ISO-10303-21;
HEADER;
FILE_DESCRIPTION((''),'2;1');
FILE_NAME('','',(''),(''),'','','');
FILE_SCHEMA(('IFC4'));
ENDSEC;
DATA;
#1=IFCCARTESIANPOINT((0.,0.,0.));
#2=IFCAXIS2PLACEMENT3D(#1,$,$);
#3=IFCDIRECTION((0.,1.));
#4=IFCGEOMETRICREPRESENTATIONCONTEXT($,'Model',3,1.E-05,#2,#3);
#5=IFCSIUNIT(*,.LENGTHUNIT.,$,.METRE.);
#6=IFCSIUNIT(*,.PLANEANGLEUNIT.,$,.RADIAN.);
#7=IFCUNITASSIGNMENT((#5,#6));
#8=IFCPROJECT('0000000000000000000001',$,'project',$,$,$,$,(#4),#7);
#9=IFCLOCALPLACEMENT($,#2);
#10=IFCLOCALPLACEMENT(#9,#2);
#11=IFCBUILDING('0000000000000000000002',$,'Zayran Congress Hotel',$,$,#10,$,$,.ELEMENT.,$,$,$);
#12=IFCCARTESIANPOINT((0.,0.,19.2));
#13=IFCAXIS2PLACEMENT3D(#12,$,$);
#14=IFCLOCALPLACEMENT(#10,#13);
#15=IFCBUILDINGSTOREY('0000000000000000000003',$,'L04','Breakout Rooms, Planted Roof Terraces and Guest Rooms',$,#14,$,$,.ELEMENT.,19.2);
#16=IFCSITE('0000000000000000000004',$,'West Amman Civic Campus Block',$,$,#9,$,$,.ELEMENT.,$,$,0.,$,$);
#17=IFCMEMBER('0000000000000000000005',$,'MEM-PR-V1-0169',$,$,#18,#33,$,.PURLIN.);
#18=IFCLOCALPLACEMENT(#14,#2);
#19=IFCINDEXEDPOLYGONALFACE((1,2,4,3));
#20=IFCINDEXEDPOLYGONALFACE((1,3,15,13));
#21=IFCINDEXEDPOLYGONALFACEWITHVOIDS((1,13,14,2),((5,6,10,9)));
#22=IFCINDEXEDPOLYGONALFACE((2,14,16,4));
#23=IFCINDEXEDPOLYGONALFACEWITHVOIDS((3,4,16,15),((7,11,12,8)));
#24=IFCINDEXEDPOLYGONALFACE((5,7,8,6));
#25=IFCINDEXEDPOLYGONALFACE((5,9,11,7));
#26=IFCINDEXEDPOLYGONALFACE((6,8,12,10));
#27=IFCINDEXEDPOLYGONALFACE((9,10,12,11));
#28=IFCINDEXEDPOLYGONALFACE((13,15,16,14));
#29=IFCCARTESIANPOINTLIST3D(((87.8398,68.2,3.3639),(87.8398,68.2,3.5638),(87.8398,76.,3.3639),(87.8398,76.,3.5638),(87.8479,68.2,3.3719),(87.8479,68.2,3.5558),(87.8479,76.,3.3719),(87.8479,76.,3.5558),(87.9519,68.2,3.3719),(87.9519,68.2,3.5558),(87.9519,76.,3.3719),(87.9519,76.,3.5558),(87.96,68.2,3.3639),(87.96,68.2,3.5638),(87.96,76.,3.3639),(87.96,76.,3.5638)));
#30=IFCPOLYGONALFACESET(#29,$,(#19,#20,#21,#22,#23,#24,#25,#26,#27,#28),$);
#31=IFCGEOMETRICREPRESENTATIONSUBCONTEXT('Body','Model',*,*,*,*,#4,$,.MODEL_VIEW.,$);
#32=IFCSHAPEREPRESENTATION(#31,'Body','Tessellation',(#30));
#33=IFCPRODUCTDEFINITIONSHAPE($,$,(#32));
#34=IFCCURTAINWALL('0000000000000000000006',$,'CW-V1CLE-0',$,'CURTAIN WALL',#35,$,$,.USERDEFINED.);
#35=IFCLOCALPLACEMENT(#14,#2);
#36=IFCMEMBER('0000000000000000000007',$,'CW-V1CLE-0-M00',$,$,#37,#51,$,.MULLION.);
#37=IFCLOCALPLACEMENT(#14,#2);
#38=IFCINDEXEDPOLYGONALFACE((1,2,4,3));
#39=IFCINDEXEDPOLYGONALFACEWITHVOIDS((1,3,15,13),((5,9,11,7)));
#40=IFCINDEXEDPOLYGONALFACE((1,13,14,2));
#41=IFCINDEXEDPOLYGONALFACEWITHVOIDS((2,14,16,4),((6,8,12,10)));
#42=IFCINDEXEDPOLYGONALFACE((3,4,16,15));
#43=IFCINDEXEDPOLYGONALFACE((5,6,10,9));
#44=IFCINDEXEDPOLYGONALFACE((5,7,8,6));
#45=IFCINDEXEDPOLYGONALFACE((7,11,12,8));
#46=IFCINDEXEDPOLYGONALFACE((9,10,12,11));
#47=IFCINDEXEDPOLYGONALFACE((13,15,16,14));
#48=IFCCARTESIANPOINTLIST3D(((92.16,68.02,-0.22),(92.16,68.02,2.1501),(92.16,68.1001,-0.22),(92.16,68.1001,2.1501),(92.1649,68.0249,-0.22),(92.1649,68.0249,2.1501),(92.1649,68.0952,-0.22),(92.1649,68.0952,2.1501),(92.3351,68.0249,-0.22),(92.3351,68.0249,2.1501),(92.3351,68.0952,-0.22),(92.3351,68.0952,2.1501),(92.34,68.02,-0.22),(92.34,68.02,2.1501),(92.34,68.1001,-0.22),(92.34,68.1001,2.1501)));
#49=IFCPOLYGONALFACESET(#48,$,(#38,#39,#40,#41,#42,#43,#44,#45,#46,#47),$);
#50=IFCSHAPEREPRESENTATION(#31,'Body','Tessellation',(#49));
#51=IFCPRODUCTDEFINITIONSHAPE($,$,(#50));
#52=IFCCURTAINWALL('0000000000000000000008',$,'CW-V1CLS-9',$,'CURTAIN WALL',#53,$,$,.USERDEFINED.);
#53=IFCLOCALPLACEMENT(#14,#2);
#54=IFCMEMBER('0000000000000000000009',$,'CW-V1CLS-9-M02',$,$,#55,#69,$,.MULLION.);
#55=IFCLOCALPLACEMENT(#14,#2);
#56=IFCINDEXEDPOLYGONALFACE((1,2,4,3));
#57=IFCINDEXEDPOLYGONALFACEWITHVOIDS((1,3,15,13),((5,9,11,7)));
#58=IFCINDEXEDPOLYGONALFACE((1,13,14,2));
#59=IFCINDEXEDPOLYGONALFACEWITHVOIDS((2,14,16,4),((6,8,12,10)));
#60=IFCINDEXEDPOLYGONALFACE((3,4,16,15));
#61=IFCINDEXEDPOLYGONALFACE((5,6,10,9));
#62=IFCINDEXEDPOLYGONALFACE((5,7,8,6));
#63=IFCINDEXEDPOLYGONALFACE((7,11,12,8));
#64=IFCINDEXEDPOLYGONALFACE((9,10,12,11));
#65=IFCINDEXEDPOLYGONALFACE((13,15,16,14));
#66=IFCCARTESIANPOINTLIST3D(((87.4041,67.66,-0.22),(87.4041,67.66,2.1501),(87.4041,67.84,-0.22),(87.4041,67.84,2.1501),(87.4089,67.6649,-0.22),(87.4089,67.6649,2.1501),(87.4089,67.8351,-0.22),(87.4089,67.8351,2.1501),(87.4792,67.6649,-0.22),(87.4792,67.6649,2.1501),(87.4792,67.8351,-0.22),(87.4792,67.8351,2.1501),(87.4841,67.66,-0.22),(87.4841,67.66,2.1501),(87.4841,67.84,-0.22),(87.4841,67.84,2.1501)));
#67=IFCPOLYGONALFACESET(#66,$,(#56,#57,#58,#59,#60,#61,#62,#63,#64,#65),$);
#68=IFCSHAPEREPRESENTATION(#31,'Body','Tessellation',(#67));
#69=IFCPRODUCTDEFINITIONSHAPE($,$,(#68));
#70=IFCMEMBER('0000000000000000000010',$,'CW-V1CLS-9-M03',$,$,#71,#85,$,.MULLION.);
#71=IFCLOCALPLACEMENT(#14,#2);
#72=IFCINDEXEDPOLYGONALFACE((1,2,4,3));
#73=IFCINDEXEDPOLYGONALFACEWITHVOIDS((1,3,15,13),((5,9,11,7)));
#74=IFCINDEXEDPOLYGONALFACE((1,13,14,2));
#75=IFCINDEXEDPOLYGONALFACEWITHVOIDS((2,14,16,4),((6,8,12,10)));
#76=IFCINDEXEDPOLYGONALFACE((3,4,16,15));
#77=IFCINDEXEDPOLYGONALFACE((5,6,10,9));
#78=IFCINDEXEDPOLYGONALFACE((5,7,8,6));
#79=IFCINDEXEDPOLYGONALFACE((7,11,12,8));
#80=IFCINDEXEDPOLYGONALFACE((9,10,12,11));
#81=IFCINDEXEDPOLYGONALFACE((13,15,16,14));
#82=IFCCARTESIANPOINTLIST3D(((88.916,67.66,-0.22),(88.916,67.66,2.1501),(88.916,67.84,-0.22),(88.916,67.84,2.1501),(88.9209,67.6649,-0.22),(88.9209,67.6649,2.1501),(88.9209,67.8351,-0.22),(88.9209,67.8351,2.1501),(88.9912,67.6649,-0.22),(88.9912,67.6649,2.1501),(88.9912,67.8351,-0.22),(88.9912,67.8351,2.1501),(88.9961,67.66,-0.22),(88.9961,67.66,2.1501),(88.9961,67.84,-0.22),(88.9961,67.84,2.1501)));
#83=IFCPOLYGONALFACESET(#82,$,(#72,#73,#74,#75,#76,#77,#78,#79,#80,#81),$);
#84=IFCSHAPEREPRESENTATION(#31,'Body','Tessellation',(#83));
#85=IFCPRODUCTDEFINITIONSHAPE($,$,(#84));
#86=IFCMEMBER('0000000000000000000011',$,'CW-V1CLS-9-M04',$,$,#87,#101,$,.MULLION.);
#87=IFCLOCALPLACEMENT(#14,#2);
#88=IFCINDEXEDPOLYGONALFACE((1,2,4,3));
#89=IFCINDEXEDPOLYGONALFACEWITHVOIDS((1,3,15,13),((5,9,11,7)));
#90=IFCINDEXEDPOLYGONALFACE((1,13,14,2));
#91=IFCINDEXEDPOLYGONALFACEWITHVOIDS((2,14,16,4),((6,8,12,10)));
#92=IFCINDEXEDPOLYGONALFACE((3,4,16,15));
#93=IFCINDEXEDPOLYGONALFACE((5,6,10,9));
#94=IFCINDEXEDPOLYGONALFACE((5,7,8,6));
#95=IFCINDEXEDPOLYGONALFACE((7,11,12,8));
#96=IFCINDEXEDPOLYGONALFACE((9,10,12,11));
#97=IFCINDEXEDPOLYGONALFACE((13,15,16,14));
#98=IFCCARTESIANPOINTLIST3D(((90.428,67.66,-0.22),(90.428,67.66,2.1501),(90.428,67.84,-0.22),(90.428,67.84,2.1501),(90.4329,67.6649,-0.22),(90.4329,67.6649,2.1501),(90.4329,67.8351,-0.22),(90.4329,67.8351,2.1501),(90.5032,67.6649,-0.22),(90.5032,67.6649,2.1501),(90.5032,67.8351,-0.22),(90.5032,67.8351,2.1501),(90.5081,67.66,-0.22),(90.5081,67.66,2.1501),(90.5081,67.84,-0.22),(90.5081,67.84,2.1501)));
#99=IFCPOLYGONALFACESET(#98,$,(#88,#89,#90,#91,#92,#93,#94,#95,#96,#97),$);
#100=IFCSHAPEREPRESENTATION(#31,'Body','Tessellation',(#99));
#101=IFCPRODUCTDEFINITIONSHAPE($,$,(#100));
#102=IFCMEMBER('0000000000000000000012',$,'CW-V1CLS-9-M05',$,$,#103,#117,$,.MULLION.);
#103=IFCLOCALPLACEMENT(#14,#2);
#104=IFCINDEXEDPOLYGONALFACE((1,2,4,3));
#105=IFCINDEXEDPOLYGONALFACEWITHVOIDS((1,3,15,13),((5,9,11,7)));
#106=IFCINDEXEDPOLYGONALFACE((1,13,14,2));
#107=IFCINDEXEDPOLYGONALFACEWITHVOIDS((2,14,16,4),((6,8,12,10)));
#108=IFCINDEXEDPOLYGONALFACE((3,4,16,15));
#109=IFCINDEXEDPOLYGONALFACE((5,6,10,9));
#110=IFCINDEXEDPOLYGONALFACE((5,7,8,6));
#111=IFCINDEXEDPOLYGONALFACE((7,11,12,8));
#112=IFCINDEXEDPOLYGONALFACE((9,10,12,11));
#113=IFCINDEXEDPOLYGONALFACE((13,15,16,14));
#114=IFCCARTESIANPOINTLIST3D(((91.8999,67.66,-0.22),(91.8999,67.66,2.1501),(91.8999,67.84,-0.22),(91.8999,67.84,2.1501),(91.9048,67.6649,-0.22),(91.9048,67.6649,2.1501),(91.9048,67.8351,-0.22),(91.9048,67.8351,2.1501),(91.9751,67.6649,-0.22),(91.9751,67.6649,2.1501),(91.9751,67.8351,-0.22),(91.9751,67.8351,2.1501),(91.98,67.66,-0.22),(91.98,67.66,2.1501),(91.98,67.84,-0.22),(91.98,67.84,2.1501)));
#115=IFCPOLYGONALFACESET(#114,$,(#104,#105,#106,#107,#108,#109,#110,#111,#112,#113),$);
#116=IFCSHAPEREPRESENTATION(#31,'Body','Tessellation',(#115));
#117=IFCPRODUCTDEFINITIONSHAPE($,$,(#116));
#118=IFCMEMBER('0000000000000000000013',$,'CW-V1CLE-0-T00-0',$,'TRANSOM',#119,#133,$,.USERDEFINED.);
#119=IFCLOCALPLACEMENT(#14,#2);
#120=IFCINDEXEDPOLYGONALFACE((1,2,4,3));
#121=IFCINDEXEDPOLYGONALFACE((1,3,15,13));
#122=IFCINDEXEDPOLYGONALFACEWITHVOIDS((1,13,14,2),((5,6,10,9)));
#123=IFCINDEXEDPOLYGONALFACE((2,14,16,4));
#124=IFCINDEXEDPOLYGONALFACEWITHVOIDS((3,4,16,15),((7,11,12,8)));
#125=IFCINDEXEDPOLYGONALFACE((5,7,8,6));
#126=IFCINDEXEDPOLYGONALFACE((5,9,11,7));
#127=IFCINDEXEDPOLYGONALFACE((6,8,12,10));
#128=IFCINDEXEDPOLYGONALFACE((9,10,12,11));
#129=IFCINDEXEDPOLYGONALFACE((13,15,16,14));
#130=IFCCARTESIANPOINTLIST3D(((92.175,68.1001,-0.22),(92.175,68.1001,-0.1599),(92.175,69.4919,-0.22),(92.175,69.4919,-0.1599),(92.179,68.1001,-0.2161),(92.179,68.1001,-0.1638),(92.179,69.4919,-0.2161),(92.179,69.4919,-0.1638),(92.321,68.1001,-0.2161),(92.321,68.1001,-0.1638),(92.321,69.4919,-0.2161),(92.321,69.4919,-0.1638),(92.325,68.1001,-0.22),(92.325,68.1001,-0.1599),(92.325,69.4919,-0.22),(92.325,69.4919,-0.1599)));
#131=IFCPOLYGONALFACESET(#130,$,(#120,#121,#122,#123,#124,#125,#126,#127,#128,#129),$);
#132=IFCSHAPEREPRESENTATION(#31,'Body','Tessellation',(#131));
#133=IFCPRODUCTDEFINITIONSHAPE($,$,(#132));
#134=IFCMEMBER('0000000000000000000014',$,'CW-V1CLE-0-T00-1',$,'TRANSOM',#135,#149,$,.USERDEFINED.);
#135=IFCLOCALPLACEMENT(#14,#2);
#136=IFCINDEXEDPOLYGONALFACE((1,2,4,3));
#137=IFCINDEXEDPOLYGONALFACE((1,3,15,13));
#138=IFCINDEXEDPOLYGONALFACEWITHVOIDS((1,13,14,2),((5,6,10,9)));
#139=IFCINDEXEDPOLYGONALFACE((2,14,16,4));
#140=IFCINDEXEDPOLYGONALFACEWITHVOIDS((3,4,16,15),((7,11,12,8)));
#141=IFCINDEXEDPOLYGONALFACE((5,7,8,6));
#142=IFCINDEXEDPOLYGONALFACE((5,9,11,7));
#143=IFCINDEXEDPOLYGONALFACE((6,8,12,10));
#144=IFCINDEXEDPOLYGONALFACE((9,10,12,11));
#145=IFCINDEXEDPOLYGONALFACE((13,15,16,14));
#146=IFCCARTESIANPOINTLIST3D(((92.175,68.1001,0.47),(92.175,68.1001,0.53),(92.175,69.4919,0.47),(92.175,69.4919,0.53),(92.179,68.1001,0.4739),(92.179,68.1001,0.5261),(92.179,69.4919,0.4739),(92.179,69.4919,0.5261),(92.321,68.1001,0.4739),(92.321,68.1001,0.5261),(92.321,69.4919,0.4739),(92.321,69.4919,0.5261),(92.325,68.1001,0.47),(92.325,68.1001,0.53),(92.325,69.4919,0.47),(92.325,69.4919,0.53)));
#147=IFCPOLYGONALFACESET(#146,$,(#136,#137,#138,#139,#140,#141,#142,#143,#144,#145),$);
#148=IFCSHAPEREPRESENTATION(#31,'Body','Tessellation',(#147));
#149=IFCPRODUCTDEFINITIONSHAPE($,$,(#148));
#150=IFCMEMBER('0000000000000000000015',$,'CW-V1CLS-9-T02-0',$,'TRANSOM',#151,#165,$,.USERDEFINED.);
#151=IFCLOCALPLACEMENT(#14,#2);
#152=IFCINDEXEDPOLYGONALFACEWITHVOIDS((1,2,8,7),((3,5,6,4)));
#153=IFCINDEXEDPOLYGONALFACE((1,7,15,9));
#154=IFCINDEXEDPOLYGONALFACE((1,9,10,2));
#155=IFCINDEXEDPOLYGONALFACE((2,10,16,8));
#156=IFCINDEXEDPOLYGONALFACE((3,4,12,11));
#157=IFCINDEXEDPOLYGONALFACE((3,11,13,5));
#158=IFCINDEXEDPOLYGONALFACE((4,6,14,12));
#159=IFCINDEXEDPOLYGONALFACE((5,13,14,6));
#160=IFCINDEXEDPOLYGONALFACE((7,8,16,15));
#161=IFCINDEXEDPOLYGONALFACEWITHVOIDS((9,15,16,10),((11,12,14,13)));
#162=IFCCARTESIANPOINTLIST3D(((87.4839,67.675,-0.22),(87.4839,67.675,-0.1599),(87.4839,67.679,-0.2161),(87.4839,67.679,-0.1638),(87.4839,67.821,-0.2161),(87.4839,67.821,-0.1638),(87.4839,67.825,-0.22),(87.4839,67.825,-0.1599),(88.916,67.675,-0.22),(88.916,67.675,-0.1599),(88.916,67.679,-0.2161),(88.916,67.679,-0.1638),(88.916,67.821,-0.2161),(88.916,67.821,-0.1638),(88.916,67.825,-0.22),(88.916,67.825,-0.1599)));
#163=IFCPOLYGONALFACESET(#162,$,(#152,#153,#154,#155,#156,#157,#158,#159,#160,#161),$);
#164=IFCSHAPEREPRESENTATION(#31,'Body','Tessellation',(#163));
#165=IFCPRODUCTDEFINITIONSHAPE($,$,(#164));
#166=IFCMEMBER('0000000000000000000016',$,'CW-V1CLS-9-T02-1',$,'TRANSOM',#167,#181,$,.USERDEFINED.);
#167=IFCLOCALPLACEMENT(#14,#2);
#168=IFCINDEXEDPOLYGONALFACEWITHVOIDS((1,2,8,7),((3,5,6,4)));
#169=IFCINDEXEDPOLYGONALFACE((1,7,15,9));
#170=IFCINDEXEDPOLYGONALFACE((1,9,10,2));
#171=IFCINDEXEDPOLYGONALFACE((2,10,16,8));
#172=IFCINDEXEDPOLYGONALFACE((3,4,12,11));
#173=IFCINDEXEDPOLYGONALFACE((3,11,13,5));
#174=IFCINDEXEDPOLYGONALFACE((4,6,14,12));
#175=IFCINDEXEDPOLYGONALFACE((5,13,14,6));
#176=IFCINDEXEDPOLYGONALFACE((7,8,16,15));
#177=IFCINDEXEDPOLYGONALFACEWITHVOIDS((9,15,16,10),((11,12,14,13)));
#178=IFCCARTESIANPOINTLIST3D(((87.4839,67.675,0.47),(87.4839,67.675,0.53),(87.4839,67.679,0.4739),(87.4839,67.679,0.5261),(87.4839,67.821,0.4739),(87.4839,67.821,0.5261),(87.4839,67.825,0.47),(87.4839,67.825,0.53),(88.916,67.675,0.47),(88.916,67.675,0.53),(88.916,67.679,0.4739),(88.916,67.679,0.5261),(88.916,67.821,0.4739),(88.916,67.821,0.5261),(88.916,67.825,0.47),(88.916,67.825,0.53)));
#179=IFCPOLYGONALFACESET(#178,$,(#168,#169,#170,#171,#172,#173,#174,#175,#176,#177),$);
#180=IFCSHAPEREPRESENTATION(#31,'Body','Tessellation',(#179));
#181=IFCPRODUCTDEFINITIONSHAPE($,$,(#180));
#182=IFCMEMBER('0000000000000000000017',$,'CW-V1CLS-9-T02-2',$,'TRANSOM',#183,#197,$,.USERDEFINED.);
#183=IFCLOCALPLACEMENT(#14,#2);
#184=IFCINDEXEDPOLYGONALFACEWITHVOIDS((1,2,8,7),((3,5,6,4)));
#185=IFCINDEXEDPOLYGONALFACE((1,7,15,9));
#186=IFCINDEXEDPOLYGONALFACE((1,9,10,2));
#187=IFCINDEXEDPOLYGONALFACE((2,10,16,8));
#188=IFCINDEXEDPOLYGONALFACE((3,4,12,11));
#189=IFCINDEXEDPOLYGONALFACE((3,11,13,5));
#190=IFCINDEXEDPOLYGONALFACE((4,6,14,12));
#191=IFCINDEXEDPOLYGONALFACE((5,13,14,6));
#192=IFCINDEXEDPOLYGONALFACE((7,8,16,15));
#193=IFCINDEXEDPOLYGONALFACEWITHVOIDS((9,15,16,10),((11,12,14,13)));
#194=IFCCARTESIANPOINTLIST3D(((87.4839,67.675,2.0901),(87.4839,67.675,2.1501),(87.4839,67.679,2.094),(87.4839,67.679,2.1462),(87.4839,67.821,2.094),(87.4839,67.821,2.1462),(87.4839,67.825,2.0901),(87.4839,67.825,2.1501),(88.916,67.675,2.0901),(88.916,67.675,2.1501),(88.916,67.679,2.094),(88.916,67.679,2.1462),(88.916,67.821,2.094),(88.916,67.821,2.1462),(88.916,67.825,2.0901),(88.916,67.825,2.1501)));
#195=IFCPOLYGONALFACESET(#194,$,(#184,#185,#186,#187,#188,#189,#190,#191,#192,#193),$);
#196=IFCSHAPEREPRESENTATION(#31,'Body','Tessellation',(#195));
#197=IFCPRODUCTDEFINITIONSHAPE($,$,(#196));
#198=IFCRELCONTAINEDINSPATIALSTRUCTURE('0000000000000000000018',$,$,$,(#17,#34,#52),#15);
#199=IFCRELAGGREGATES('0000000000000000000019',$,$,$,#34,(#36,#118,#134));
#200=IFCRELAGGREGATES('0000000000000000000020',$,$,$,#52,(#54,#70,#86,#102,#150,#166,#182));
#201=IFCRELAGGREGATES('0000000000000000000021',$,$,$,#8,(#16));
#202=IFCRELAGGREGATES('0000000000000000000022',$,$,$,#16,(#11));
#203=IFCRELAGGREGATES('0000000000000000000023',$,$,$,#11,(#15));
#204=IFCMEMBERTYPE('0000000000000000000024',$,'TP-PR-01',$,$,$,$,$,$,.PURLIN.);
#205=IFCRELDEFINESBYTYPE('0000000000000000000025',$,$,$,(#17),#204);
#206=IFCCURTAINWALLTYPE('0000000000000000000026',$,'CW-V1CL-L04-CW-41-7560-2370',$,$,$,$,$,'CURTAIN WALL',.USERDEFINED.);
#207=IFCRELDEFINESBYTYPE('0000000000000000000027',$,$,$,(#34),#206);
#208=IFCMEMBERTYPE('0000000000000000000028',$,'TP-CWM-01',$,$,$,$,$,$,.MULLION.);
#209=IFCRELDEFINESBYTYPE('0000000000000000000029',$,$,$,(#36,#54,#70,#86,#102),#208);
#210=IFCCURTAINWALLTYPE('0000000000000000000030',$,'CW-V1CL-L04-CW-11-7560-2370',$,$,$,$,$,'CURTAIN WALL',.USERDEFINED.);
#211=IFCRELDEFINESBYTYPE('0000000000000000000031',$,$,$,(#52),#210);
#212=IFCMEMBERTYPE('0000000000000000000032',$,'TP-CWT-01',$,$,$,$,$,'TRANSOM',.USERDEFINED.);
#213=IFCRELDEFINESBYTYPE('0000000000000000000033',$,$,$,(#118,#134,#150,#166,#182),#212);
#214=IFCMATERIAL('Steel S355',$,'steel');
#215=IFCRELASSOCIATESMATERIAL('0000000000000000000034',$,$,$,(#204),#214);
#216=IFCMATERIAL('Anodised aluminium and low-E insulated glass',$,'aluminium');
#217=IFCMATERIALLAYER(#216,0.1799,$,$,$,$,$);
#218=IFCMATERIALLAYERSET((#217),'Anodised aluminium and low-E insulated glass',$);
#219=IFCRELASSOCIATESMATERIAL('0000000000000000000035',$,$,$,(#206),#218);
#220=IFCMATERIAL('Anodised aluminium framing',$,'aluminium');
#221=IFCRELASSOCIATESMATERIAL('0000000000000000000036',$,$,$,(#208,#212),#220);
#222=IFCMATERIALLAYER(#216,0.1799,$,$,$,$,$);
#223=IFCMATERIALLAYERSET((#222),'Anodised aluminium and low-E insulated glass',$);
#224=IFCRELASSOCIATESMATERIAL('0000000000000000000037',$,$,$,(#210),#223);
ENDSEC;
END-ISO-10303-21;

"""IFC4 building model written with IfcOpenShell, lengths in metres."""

from ifc_helpers import new_model, si_unit, direction, frame, origin, origin_2d, place, context, subcontext, project, spatial, hollow_rectangle, extrude, material, layer, layer_set, material_profile, profile_set, type_object, element, aggregate, save


model = new_model("IFC4")

# Units and contexts
model_context = context("Model", 3, precision=1e-05, world=origin(), true_north=direction((0.0, 1.0)))
body_context = subcontext(model_context, "Body", "Model", "MODEL_VIEW")
ifc_project = project(units=[si_unit("LENGTHUNIT", "METRE"), si_unit("PLANEANGLEUNIT", "RADIAN")], contexts=[model_context])

# Site, building, storey
site_placement = place(None, origin())
site = spatial("IfcSite", under=ifc_project, at=site_placement, Name="West Amman Civic Campus Block", CompositionType="ELEMENT", RefElevation=0.0)
building_placement = place(site_placement, origin())
building = spatial("IfcBuilding", under=site, at=building_placement, Name="Zayran Congress Hotel", CompositionType="ELEMENT")
storey_placement = place(building_placement, frame((0.0, 0.0, 19.2)))
storey = spatial("IfcBuildingStorey", under=building, at=storey_placement, Name="L04", Description="Breakout Rooms, Planted Roof Terraces and Guest Rooms", CompositionType="ELEMENT", Elevation=19.2)

# Member
ifc_material_1 = material(Name="Steel S355", Category="steel")
ifc_material_profile_1 = material_profile(ifc_material_1, hollow_rectangle(XDim=0.1201, YDim=0.2, WallThickness=0.0081, at=origin_2d()), Name="RHS 200x120x8")
ifc_profile_set_1 = profile_set([ifc_material_profile_1], Name="Steel S355")
member_type_1 = type_object("IfcMemberType", Name="TP-PR-01", PredefinedType="PURLIN", material=ifc_profile_set_1)
member_1_placement = place(storey_placement, frame((87.8999, 68.2, 3.4639), z_axis=(0.0, 1.0, 0.0), x_axis=(-1.0, 0.0, 0.0)))
element("IfcMember", 1, at=member_1_placement, inside=storey, type_object=member_type_1, Name="MEM-PR-V1-0169", PredefinedType="PURLIN", context=body_context, shape_type="SweptSolid", body=[
    extrude(hollow_rectangle(XDim=0.1201, YDim=0.2, WallThickness=0.0081, at=origin_2d()), origin(), (0.0, 0.0, 1.0), 7.8),
])

# Curtain wall, member
ifc_material_2 = material(Name="Anodised aluminium and low-E insulated glass", Category="aluminium")
ifc_layer_1 = layer(ifc_material_2, 0.1799)
ifc_layer_set_1 = layer_set([ifc_layer_1], Name="Anodised aluminium and low-E insulated glass")
curtain_wall_type_1 = type_object("IfcCurtainWallType", Name="CW-V1CL-L04-CW-41-7560-2370", ElementType="CURTAIN WALL", PredefinedType="USERDEFINED", material=ifc_layer_set_1)
curtain_wall_1_placement = place(storey_placement, origin())
curtain_wall_1 = element("IfcCurtainWall", 2, at=curtain_wall_1_placement, inside=storey, type_object=curtain_wall_type_1, Name="CW-V1CLE-0", ObjectType="CURTAIN WALL", PredefinedType="USERDEFINED")
ifc_material_3 = material(Name="Anodised aluminium framing", Category="aluminium")
ifc_material_profile_2 = material_profile(ifc_material_3, hollow_rectangle(XDim=0.0801, YDim=0.1799, WallThickness=0.0049, at=origin_2d()), Name="RHS 180x80x5")
ifc_profile_set_2 = profile_set([ifc_material_profile_2], Name="Anodised aluminium framing")
member_type_2 = type_object("IfcMemberType", Name="TP-CWM-01", PredefinedType="MULLION", material=ifc_profile_set_2)
member_2_placement = place(storey_placement, frame((92.25, 68.0601, -0.22), z_axis=(0.0, 0.0, 1.0), x_axis=(0.0, 1.0, 0.0)))
member_2 = element("IfcMember", 3, at=member_2_placement, type_object=member_type_2, Name="CW-V1CLE-0-M00", PredefinedType="MULLION", context=body_context, shape_type="SweptSolid", body=[
    extrude(hollow_rectangle(XDim=0.0801, YDim=0.1799, WallThickness=0.0049, at=origin_2d()), origin(), (0.0, 0.0, 1.0), 2.3701),
])

# Curtain wall, members
ifc_layer_2 = layer(ifc_material_2, 0.1799)
ifc_layer_set_2 = layer_set([ifc_layer_2], Name="Anodised aluminium and low-E insulated glass")
curtain_wall_type_2 = type_object("IfcCurtainWallType", Name="CW-V1CL-L04-CW-11-7560-2370", ElementType="CURTAIN WALL", PredefinedType="USERDEFINED", material=ifc_layer_set_2)
curtain_wall_2_placement = place(storey_placement, origin())
curtain_wall_2 = element("IfcCurtainWall", 4, at=curtain_wall_2_placement, inside=storey, type_object=curtain_wall_type_2, Name="CW-V1CLS-9", ObjectType="CURTAIN WALL", PredefinedType="USERDEFINED")
member_3_placement = place(storey_placement, frame((87.4441, 67.75, -0.22), z_axis=(0.0, 0.0, 1.0), x_axis=(1.0, 0.0, 0.0)))
member_3 = element("IfcMember", 5, at=member_3_placement, type_object=member_type_2, Name="CW-V1CLS-9-M02", PredefinedType="MULLION", context=body_context, shape_type="SweptSolid", body=[
    extrude(hollow_rectangle(XDim=0.0801, YDim=0.1799, WallThickness=0.0049, at=origin_2d()), origin(), (0.0, 0.0, 1.0), 2.3701),
])
member_4_placement = place(storey_placement, frame((88.9561, 67.75, -0.22), z_axis=(0.0, 0.0, 1.0), x_axis=(1.0, 0.0, 0.0)))
member_4 = element("IfcMember", 6, at=member_4_placement, type_object=member_type_2, Name="CW-V1CLS-9-M03", PredefinedType="MULLION", context=body_context, shape_type="SweptSolid", body=[
    extrude(hollow_rectangle(XDim=0.0801, YDim=0.1799, WallThickness=0.0049, at=origin_2d()), origin(), (0.0, 0.0, 1.0), 2.3701),
])
member_5_placement = place(storey_placement, frame((90.468, 67.75, -0.22), z_axis=(0.0, 0.0, 1.0), x_axis=(1.0, 0.0, 0.0)))
member_5 = element("IfcMember", 7, at=member_5_placement, type_object=member_type_2, Name="CW-V1CLS-9-M04", PredefinedType="MULLION", context=body_context, shape_type="SweptSolid", body=[
    extrude(hollow_rectangle(XDim=0.0801, YDim=0.1799, WallThickness=0.0049, at=origin_2d()), origin(), (0.0, 0.0, 1.0), 2.3701),
])
member_6_placement = place(storey_placement, frame((91.9399, 67.75, -0.22), z_axis=(0.0, 0.0, 1.0), x_axis=(1.0, 0.0, 0.0)))
member_6 = element("IfcMember", 8, at=member_6_placement, type_object=member_type_2, Name="CW-V1CLS-9-M05", PredefinedType="MULLION", context=body_context, shape_type="SweptSolid", body=[
    extrude(hollow_rectangle(XDim=0.0801, YDim=0.1799, WallThickness=0.0049, at=origin_2d()), origin(), (0.0, 0.0, 1.0), 2.3701),
])

# Members
ifc_material_profile_3 = material_profile(ifc_material_3, hollow_rectangle(XDim=0.0601, YDim=0.1499, WallThickness=0.0039, at=origin_2d()), Name="RHS 150x60x4")
ifc_profile_set_3 = profile_set([ifc_material_profile_3], Name="Anodised aluminium framing")
member_type_3 = type_object("IfcMemberType", Name="TP-CWT-01", ElementType="TRANSOM", PredefinedType="USERDEFINED", material=ifc_profile_set_3)
member_7_placement = place(storey_placement, frame((92.25, 68.1001, -0.1899), z_axis=(0.0, 1.0, 0.0), x_axis=(0.0, 0.0, 1.0)))
member_7 = element("IfcMember", 9, at=member_7_placement, type_object=member_type_3, Name="CW-V1CLE-0-T00-0", ObjectType="TRANSOM", PredefinedType="USERDEFINED", context=body_context, shape_type="SweptSolid", body=[
    extrude(hollow_rectangle(XDim=0.0601, YDim=0.1499, WallThickness=0.0039, at=origin_2d()), origin(), (0.0, 0.0, 1.0), 1.3918),
])
member_8_placement = place(storey_placement, frame((92.25, 68.1001, 0.5), z_axis=(0.0, 1.0, 0.0), x_axis=(0.0, 0.0, 1.0)))
member_8 = element("IfcMember", 10, at=member_8_placement, type_object=member_type_3, Name="CW-V1CLE-0-T00-1", ObjectType="TRANSOM", PredefinedType="USERDEFINED", context=body_context, shape_type="SweptSolid", body=[
    extrude(hollow_rectangle(XDim=0.0601, YDim=0.1499, WallThickness=0.0039, at=origin_2d()), origin(), (0.0, 0.0, 1.0), 1.3918),
])
aggregate(curtain_wall_1, [member_2, member_7, member_8])
member_9_placement = place(storey_placement, frame((87.4839, 67.75, -0.1899), z_axis=(1.0, 0.0, 0.0), x_axis=(0.0, 0.0, 1.0)))
member_9 = element("IfcMember", 11, at=member_9_placement, type_object=member_type_3, Name="CW-V1CLS-9-T02-0", ObjectType="TRANSOM", PredefinedType="USERDEFINED", context=body_context, shape_type="SweptSolid", body=[
    extrude(hollow_rectangle(XDim=0.0601, YDim=0.1499, WallThickness=0.0039, at=origin_2d()), origin(), (0.0, 0.0, 1.0), 1.4321),
])
member_10_placement = place(storey_placement, frame((87.4839, 67.75, 0.5), z_axis=(1.0, 0.0, 0.0), x_axis=(0.0, 0.0, 1.0)))
member_10 = element("IfcMember", 12, at=member_10_placement, type_object=member_type_3, Name="CW-V1CLS-9-T02-1", ObjectType="TRANSOM", PredefinedType="USERDEFINED", context=body_context, shape_type="SweptSolid", body=[
    extrude(hollow_rectangle(XDim=0.0601, YDim=0.1499, WallThickness=0.0039, at=origin_2d()), origin(), (0.0, 0.0, 1.0), 1.4321),
])
member_11_placement = place(storey_placement, frame((87.4839, 67.75, 2.1201), z_axis=(1.0, 0.0, 0.0), x_axis=(0.0, 0.0, 1.0)))
member_11 = element("IfcMember", 13, at=member_11_placement, type_object=member_type_3, Name="CW-V1CLS-9-T02-2", ObjectType="TRANSOM", PredefinedType="USERDEFINED", context=body_context, shape_type="SweptSolid", body=[
    extrude(hollow_rectangle(XDim=0.0601, YDim=0.1499, WallThickness=0.0039, at=origin_2d()), origin(), (0.0, 0.0, 1.0), 1.4321),
])

aggregate(curtain_wall_2, [member_3, member_4, member_5, member_6, member_9, member_10, member_11])

save(model, "model.ifc")
